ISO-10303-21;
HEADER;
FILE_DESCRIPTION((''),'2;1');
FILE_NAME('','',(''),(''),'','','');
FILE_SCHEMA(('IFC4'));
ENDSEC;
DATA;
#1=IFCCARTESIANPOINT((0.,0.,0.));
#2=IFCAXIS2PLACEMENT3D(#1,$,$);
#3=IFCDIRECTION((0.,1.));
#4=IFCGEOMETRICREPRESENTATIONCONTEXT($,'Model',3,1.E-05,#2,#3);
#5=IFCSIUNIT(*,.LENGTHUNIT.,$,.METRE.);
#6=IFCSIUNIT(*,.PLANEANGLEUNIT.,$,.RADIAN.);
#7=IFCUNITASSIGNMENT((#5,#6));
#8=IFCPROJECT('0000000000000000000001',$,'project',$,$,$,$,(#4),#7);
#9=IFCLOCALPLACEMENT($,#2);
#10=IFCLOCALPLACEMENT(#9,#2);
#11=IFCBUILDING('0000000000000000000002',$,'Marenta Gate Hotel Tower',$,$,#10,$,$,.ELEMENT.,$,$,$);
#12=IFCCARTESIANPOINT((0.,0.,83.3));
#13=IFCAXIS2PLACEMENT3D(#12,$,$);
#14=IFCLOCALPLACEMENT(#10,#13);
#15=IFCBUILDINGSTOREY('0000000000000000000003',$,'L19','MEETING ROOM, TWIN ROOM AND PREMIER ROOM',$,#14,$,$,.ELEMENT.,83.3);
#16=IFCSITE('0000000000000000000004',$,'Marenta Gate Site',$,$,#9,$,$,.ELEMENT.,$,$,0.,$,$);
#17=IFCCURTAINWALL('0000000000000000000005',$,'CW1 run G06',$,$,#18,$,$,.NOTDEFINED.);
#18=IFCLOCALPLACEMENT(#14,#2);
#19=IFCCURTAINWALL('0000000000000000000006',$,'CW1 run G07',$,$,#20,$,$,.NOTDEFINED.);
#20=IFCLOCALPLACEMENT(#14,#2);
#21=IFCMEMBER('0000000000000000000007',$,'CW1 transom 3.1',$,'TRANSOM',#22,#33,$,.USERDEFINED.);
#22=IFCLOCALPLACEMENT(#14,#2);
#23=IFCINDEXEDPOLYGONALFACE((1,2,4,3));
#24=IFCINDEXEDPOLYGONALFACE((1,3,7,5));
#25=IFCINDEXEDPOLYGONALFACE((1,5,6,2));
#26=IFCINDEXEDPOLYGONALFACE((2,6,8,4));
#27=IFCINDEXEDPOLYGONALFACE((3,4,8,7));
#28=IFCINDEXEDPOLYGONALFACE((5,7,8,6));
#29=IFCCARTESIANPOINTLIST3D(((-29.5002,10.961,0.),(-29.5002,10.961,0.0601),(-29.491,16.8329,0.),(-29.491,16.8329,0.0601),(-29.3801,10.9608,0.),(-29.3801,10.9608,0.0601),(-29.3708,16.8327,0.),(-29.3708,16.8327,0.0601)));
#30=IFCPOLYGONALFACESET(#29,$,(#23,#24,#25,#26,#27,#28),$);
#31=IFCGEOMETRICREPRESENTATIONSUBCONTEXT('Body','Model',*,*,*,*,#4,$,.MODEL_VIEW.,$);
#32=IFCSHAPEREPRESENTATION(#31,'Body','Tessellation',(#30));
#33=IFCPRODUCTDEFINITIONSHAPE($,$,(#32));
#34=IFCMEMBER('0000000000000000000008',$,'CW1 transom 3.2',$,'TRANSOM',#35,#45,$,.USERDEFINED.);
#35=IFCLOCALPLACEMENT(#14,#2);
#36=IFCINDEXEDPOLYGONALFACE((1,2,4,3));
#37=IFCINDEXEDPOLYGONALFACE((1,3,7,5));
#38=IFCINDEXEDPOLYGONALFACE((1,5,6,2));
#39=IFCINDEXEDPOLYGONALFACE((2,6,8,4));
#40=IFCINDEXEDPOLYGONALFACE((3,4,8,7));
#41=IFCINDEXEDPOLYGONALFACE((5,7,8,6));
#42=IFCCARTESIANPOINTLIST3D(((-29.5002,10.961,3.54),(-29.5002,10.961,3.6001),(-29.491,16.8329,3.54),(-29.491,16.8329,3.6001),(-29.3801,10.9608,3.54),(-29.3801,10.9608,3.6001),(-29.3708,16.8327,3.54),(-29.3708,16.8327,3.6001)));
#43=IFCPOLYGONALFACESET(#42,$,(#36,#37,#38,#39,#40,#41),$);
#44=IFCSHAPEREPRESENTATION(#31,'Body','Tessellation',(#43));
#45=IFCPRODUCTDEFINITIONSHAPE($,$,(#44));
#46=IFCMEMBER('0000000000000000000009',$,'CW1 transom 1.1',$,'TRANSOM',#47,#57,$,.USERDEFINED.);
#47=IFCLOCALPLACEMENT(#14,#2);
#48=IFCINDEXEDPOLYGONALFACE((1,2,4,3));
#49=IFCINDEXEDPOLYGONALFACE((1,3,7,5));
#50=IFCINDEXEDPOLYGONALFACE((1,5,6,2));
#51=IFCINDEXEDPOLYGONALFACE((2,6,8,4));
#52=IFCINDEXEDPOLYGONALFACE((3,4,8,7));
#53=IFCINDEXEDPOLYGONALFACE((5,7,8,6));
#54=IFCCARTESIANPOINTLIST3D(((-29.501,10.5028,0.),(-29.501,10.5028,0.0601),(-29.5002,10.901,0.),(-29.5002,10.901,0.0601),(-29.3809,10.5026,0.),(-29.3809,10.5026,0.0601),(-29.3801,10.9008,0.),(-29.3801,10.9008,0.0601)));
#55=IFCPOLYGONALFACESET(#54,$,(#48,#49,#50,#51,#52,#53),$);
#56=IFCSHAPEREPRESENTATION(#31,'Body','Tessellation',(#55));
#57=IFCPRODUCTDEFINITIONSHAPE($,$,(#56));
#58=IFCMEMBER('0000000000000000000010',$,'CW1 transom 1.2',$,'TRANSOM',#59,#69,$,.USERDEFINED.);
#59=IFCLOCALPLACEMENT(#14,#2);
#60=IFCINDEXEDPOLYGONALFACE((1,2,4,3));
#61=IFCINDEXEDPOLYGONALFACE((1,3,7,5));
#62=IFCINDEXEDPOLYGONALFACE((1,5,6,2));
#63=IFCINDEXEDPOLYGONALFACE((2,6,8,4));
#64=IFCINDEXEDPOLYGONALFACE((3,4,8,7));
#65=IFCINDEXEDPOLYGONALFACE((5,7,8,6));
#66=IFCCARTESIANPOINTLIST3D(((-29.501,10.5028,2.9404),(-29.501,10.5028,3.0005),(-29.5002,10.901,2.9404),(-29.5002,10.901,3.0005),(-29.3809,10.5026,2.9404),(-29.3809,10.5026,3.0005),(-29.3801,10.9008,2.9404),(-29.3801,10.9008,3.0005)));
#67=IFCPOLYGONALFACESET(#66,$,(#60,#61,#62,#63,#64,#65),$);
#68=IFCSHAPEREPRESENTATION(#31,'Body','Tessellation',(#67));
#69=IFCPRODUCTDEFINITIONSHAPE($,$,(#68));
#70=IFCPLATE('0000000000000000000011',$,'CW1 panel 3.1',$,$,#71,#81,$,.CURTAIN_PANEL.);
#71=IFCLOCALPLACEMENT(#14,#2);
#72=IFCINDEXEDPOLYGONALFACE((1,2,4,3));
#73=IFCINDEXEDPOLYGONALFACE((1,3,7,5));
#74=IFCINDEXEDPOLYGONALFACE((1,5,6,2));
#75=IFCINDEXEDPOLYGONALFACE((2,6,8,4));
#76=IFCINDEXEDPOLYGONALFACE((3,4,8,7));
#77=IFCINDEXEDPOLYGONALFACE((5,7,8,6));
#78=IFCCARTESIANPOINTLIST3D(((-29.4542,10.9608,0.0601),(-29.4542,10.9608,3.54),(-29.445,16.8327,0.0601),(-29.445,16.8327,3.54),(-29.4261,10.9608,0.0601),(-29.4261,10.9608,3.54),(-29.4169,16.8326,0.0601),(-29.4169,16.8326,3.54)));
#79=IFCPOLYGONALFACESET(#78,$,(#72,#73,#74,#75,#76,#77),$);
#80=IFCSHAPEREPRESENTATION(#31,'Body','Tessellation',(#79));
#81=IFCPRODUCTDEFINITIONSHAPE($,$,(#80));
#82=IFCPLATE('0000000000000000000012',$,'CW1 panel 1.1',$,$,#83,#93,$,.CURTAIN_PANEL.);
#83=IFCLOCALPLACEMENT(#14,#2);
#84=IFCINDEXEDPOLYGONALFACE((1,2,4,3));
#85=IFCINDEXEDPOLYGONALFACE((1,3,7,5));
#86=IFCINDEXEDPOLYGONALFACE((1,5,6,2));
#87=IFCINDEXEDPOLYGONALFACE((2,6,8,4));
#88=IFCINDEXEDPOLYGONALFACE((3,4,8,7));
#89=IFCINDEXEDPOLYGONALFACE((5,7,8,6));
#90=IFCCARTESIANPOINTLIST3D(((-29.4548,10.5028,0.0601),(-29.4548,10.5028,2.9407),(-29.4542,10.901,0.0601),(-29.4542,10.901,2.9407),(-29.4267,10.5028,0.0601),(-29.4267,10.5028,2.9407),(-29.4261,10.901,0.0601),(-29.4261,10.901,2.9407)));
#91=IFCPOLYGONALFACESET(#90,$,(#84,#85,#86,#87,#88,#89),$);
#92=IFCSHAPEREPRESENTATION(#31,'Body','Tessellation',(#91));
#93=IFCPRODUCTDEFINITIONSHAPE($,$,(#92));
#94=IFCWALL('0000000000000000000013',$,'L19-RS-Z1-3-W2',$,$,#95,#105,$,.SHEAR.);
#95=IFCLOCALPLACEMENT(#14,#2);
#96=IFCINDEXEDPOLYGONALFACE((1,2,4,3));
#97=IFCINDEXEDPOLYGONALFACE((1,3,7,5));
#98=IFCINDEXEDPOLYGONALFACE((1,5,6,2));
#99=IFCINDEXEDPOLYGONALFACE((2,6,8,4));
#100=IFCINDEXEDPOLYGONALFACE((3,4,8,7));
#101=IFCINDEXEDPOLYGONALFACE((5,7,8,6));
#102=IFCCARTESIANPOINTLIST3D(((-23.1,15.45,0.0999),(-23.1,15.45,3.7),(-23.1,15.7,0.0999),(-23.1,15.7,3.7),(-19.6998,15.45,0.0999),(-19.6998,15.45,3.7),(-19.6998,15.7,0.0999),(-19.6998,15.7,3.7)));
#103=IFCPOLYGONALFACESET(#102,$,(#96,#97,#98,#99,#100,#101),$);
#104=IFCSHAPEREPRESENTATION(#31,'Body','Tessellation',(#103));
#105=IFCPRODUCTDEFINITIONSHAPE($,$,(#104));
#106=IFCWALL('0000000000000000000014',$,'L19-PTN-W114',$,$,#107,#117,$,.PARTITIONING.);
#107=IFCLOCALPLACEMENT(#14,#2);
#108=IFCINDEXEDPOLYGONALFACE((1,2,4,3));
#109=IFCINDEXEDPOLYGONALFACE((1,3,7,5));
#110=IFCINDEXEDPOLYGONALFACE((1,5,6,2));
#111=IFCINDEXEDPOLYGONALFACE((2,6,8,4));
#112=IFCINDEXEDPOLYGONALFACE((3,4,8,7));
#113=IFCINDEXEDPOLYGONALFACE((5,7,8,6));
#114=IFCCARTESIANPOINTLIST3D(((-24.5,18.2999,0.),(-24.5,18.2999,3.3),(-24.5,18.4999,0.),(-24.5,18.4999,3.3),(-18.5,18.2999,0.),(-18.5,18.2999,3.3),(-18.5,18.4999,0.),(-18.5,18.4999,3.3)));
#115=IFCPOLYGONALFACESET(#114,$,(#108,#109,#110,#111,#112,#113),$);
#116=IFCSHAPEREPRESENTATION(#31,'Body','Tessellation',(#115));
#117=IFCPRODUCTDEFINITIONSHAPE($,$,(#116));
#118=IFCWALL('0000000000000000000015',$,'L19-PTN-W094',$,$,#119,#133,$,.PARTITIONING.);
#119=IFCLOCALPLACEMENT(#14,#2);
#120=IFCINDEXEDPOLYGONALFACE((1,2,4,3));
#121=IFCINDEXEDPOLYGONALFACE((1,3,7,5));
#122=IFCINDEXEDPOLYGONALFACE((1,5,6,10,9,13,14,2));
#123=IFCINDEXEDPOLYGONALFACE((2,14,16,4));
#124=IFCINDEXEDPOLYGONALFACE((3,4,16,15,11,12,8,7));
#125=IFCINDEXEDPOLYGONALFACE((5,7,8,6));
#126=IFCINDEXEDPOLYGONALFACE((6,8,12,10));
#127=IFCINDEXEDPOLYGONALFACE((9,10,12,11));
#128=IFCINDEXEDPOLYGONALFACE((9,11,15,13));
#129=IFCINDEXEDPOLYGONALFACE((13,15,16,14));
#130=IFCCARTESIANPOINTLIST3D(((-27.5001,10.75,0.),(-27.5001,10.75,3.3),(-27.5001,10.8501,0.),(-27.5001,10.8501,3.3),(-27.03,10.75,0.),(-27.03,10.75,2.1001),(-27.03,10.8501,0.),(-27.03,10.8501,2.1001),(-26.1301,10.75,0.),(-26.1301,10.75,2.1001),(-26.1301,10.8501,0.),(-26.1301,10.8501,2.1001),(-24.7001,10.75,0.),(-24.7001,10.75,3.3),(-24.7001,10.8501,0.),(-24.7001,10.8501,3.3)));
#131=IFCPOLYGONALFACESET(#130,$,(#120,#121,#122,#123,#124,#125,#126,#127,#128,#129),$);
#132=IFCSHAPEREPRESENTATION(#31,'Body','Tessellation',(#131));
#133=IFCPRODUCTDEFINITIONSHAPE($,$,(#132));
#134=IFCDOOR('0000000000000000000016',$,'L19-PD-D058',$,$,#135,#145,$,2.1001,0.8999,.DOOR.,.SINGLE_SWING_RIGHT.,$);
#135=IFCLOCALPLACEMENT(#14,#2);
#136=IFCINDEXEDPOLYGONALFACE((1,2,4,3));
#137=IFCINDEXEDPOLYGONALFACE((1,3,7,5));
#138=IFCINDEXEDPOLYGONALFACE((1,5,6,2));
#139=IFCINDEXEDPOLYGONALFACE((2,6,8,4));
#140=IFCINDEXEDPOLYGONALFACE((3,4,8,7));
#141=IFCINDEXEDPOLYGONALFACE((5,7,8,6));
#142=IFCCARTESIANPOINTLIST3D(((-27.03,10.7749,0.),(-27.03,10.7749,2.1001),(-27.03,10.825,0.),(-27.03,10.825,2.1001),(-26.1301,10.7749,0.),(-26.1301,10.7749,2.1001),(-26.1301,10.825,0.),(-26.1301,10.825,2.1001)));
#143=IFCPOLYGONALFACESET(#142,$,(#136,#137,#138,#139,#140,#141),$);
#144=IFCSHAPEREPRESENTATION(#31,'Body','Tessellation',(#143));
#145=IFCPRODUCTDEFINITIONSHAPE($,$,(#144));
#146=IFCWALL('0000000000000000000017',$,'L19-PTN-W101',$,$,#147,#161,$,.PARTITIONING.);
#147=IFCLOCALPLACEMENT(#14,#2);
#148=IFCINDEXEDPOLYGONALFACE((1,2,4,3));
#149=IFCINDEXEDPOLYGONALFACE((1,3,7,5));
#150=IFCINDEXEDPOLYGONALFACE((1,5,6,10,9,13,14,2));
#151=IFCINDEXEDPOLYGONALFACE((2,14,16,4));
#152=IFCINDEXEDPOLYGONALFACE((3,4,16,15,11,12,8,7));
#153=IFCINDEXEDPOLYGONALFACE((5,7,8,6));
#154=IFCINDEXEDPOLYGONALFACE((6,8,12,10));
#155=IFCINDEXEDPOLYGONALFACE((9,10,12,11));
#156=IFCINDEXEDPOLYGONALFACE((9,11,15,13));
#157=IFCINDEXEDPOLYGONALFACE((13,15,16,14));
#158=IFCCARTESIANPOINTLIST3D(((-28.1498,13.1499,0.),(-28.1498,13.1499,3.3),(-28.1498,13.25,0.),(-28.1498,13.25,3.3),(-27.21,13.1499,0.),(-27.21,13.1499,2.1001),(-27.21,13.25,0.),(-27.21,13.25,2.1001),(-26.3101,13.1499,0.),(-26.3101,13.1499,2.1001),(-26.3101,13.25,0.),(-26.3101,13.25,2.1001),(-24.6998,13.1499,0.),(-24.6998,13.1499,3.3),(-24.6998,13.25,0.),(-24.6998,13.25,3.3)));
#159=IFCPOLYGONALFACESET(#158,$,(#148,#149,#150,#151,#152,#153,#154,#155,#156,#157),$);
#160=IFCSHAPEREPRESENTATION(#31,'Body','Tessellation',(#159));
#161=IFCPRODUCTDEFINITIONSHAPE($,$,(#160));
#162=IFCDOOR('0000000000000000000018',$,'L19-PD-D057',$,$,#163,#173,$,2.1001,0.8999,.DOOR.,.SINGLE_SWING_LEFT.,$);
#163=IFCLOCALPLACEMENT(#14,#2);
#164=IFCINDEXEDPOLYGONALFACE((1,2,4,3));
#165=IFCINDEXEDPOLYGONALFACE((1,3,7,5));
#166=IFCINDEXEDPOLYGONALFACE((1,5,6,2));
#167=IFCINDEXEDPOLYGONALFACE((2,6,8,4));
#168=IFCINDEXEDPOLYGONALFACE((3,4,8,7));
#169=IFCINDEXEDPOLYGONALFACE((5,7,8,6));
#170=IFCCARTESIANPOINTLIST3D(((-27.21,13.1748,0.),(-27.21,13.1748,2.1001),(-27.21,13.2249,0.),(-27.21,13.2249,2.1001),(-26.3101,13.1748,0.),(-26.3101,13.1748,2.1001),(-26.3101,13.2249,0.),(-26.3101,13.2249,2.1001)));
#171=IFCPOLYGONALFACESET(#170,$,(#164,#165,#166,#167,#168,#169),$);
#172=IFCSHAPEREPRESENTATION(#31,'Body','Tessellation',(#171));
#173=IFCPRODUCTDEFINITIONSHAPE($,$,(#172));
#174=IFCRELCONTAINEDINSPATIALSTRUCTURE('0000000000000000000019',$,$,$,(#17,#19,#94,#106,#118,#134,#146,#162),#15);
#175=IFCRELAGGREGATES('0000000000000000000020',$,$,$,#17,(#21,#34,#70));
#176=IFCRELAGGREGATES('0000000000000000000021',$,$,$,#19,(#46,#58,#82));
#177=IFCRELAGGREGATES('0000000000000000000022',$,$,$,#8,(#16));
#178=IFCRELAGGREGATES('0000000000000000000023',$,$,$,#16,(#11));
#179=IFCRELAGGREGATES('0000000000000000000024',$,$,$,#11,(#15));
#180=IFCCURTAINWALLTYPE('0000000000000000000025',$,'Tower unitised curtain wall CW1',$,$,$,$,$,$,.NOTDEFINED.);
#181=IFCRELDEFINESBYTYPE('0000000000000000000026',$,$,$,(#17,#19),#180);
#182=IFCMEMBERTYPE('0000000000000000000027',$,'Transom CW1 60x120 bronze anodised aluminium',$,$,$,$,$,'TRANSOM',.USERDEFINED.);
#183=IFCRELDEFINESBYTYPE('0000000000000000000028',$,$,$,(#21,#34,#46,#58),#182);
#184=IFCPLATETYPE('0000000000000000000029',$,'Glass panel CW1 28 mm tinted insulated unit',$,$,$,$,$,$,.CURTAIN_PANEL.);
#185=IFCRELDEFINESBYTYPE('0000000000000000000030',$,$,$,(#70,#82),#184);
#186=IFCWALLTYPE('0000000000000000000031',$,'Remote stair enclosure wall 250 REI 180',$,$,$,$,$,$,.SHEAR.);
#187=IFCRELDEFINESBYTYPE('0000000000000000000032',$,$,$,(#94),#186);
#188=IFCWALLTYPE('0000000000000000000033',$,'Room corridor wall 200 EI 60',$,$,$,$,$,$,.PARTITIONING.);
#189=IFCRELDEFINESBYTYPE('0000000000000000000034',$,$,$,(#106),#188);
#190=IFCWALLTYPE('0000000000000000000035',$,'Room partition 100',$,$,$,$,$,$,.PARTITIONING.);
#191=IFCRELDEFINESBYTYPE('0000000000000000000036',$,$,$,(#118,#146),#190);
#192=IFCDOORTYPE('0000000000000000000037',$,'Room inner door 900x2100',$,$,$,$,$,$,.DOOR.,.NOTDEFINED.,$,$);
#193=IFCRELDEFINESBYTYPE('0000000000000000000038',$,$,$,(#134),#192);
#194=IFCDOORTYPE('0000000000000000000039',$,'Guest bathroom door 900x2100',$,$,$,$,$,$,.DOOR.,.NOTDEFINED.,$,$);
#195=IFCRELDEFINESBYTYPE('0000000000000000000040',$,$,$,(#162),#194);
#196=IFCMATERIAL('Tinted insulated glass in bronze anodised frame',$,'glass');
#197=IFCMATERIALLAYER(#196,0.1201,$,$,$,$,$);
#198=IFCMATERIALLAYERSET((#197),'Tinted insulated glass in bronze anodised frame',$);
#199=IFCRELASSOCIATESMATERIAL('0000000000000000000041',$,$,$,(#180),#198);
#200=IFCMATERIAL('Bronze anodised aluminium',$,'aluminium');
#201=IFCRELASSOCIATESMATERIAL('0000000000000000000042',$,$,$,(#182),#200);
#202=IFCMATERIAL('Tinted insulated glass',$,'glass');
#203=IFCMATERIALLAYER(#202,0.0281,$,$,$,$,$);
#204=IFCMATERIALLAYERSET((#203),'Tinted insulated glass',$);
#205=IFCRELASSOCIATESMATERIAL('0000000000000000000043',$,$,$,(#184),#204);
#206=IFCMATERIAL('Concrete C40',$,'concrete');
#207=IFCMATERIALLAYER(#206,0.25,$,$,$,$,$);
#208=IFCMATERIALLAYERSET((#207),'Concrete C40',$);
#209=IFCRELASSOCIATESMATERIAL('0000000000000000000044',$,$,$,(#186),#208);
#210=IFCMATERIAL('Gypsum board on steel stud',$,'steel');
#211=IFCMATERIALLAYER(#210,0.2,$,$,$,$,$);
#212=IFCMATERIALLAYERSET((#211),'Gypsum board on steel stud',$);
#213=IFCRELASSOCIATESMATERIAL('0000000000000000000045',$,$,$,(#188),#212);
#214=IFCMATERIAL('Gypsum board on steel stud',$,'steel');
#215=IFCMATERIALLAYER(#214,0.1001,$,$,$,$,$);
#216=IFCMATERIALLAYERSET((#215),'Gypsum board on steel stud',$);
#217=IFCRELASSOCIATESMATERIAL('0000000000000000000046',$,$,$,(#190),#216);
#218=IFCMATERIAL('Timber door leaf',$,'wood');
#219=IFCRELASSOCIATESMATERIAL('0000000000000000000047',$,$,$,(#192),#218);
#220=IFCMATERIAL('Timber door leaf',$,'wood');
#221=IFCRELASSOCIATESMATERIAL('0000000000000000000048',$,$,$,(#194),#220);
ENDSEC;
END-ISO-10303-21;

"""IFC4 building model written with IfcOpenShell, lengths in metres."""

from ifc_helpers import new_model, si_unit, direction, frame, frame_2d, origin, origin_2d, place, context, subcontext, project, spatial, rectangle, extrude, material, layer, layer_set, material_profile, profile_set, type_object, element, fill, aggregate, save


model = new_model("IFC4")

# Units and contexts
model_context = context("Model", 3, precision=1e-05, world=origin(), true_north=direction((0.0, 1.0)))
body_context = subcontext(model_context, "Body", "Model", "MODEL_VIEW")
ifc_project = project(units=[si_unit("LENGTHUNIT", "METRE"), si_unit("PLANEANGLEUNIT", "RADIAN")], contexts=[model_context])

# Site, building, storey
site_placement = place(None, origin())
site = spatial("IfcSite", under=ifc_project, at=site_placement, Name="Marenta Gate Site", CompositionType="ELEMENT", RefElevation=0.0)
building_placement = place(site_placement, origin())
building = spatial("IfcBuilding", under=site, at=building_placement, Name="Marenta Gate Hotel Tower", CompositionType="ELEMENT")
storey_placement = place(building_placement, frame((0.0, 0.0, 83.3)))
storey = spatial("IfcBuildingStorey", under=building, at=storey_placement, Name="L19", Description="MEETING ROOM, TWIN ROOM AND PREMIER ROOM", CompositionType="ELEMENT", Elevation=83.3)

# Curtain walls
ifc_material_1 = material(Name="Tinted insulated glass in bronze anodised frame", Category="glass")
ifc_layer_1 = layer(ifc_material_1, 0.1201)
ifc_layer_set_1 = layer_set([ifc_layer_1], Name="Tinted insulated glass in bronze anodised frame")
curtain_wall_type = type_object("IfcCurtainWallType", Name="Tower unitised curtain wall CW1", PredefinedType="NOTDEFINED", material=ifc_layer_set_1)
curtain_wall_1_placement = place(storey_placement, origin())
curtain_wall_1 = element("IfcCurtainWall", 1, at=curtain_wall_1_placement, inside=storey, type_object=curtain_wall_type, Name="CW1 run G06", PredefinedType="NOTDEFINED")
curtain_wall_2_placement = place(storey_placement, origin())
curtain_wall_2 = element("IfcCurtainWall", 2, at=curtain_wall_2_placement, inside=storey, type_object=curtain_wall_type, Name="CW1 run G07", PredefinedType="NOTDEFINED")

# Members
ifc_material_2 = material(Name="Bronze anodised aluminium", Category="aluminium")
ifc_material_profile_1 = material_profile(ifc_material_2, rectangle(XDim=0.1201, YDim=0.0601, at=origin_2d()), Name="Transom CW1 60x120 bronze anodised aluminium")
ifc_profile_set_1 = profile_set([ifc_material_profile_1], Name="Bronze anodised aluminium")
member_type_1 = type_object("IfcMemberType", Name="Transom CW1 60x120 bronze anodised aluminium", ElementType="TRANSOM", PredefinedType="USERDEFINED", material=ifc_profile_set_1)
member_1_placement = place(storey_placement, frame((-29.4309, 16.8328, 0.03), z_axis=(-0.00158, -0.999999, 0.0), x_axis=(0.999999, -0.00158, 0.0)))
member_1 = element("IfcMember", 3, at=member_1_placement, type_object=member_type_1, Name="CW1 transom 3.1", ObjectType="TRANSOM", PredefinedType="USERDEFINED", context=body_context, shape_type="SweptSolid", body=[
    extrude(rectangle(XDim=0.1201, YDim=0.0601, at=origin_2d()), origin(), (0.0, 0.0, 1.0), 5.8718),
])
member_2_placement = place(storey_placement, frame((-29.4309, 16.8328, 3.5701), z_axis=(-0.00158, -0.999999, 0.0), x_axis=(0.999999, -0.00158, 0.0)))
member_2 = element("IfcMember", 4, at=member_2_placement, type_object=member_type_1, Name="CW1 transom 3.2", ObjectType="TRANSOM", PredefinedType="USERDEFINED", context=body_context, shape_type="SweptSolid", body=[
    extrude(rectangle(XDim=0.1201, YDim=0.0601, at=origin_2d()), origin(), (0.0, 0.0, 1.0), 5.8718),
])
member_3_placement = place(storey_placement, frame((-29.4402, 10.9009, 0.03), z_axis=(-0.001839, -0.999998, 0.0), x_axis=(0.999998, -0.001839, 0.0)))
member_3 = element("IfcMember", 5, at=member_3_placement, type_object=member_type_1, Name="CW1 transom 1.1", ObjectType="TRANSOM", PredefinedType="USERDEFINED", context=body_context, shape_type="SweptSolid", body=[
    extrude(rectangle(XDim=0.1201, YDim=0.0601, at=origin_2d()), origin(), (0.0, 0.0, 1.0), 0.3982),
])
member_4_placement = place(storey_placement, frame((-29.4402, 10.9009, 2.9705), z_axis=(-0.001839, -0.999998, 0.0), x_axis=(0.999998, -0.001839, 0.0)))
member_4 = element("IfcMember", 6, at=member_4_placement, type_object=member_type_1, Name="CW1 transom 1.2", ObjectType="TRANSOM", PredefinedType="USERDEFINED", context=body_context, shape_type="SweptSolid", body=[
    extrude(rectangle(XDim=0.1201, YDim=0.0601, at=origin_2d()), origin(), (0.0, 0.0, 1.0), 0.3982),
])

# Plates
ifc_material_3 = material(Name="Tinted insulated glass", Category="glass")
ifc_layer_2 = layer(ifc_material_3, 0.0281)
ifc_layer_set_2 = layer_set([ifc_layer_2], Name="Tinted insulated glass")
plate_type = type_object("IfcPlateType", Name="Glass panel CW1 28 mm tinted insulated unit", PredefinedType="CURTAIN_PANEL", material=ifc_layer_set_2)
plate_1_placement = place(storey_placement, frame((-29.4355, 13.8967, 0.0601), z_axis=(0.0, 0.0, 1.0), x_axis=(-0.00157, -0.999999, 0.0)))
plate_1 = element("IfcPlate", 7, at=plate_1_placement, type_object=plate_type, Name="CW1 panel 3.1", PredefinedType="CURTAIN_PANEL", context=body_context, shape_type="SweptSolid", body=[
    extrude(rectangle(XDim=5.8718, YDim=0.0281, at=origin_2d()), origin(), (0.0, 0.0, 1.0), 3.48),
])
aggregate(curtain_wall_1, [member_1, member_2, plate_1])
plate_2_placement = place(storey_placement, frame((-29.4404, 10.7019, 0.0601), z_axis=(0.0, 0.0, 1.0), x_axis=(-0.001528, -0.999999, 0.0)))
plate_2 = element("IfcPlate", 8, at=plate_2_placement, type_object=plate_type, Name="CW1 panel 1.1", PredefinedType="CURTAIN_PANEL", context=body_context, shape_type="SweptSolid", body=[
    extrude(rectangle(XDim=0.3982, YDim=0.0281, at=origin_2d()), origin(), (0.0, 0.0, 1.0), 2.8806),
])
aggregate(curtain_wall_2, [member_3, member_4, plate_2])

# Walls
ifc_material_4 = material(Name="Concrete C40", Category="concrete")
ifc_layer_3 = layer(ifc_material_4, 0.25)
ifc_layer_set_3 = layer_set([ifc_layer_3], Name="Concrete C40")
wall_type_1 = type_object("IfcWallType", Name="Remote stair enclosure wall 250 REI 180", PredefinedType="SHEAR", material=ifc_layer_set_3)
wall_1_placement = place(storey_placement, frame((-23.1001, 15.575, 0.0999), z_axis=(0.0, 0.0, 1.0), x_axis=(1.0, 0.0, 0.0)))
element("IfcWall", 9, at=wall_1_placement, inside=storey, type_object=wall_type_1, Name="L19-RS-Z1-3-W2", PredefinedType="SHEAR", context=body_context, shape_type="SweptSolid", body=[
    extrude(rectangle(XDim=3.4001, YDim=0.25, at=frame_2d((1.7002, 0.0))), origin(), (0.0, 0.0, 1.0), 3.6001),
])
ifc_material_5 = material(Name="Gypsum board on steel stud", Category="steel")
ifc_layer_4 = layer(ifc_material_5, 0.2)
ifc_layer_set_4 = layer_set([ifc_layer_4], Name="Gypsum board on steel stud")
wall_type_2 = type_object("IfcWallType", Name="Room corridor wall 200 EI 60", PredefinedType="PARTITIONING", material=ifc_layer_set_4)
wall_2_placement = place(storey_placement, frame((-24.5, 18.3999, 0.0), z_axis=(0.0, 0.0, 1.0), x_axis=(1.0, 0.0, 0.0)))
element("IfcWall", 10, at=wall_2_placement, inside=storey, type_object=wall_type_2, Name="L19-PTN-W114", PredefinedType="PARTITIONING", context=body_context, shape_type="SweptSolid", body=[
    extrude(rectangle(XDim=6.0, YDim=0.2, at=frame_2d((3.0, 0.0))), origin(), (0.0, 0.0, 1.0), 3.3),
])

# Walls, openings, doors
ifc_material_6 = material(Name="Gypsum board on steel stud", Category="steel")
ifc_layer_5 = layer(ifc_material_6, 0.1001)
ifc_layer_set_5 = layer_set([ifc_layer_5], Name="Gypsum board on steel stud")
wall_type_3 = type_object("IfcWallType", Name="Room partition 100", PredefinedType="PARTITIONING", material=ifc_layer_set_5)
wall_3_placement = place(storey_placement, frame((-27.5, 10.8, 0.0), z_axis=(0.0, 0.0, 1.0), x_axis=(1.0, 0.0, 0.0)))
wall_3 = element("IfcWall", 11, at=wall_3_placement, inside=storey, type_object=wall_type_3, Name="L19-PTN-W094", PredefinedType="PARTITIONING", context=body_context, shape_type="SweptSolid", body=[
    extrude(rectangle(XDim=2.8, YDim=0.1001, at=frame_2d((1.3999, 0.0))), origin(), (0.0, 0.0, 1.0), 3.3),
])
opening_1_placement = place(wall_3_placement, frame((0.47, 0.0, 0.0)))
opening_1 = element("IfcOpeningElement", 12, at=opening_1_placement, cuts=wall_3, PredefinedType="OPENING", context=body_context, shape_type="SweptSolid", body=[
    extrude(rectangle(XDim=0.8999, YDim=2.1001, at=frame_2d((0.45, 1.05))), frame((0.0, 0.05, 0.0), z_axis=(0.0, -1.0, 0.0), x_axis=(1.0, 0.0, 0.0)), (0.0, 0.0, 1.0), 0.1001),
])
ifc_material_7 = material(Name="Timber door leaf", Category="wood")
door_type_1 = type_object("IfcDoorType", Name="Room inner door 900x2100", OperationType="NOTDEFINED", PredefinedType="DOOR", material=ifc_material_7)
door_1_placement = place(opening_1_placement, origin())
door_1 = element("IfcDoor", 13, at=door_1_placement, inside=storey, type_object=door_type_1, Name="L19-PD-D058", OperationType="SINGLE_SWING_RIGHT", OverallHeight=2.1001, OverallWidth=0.8999, PredefinedType="DOOR", context=body_context, shape_type="SweptSolid", body=[
    extrude(rectangle(XDim=0.8999, YDim=2.1001, at=frame_2d((0.45, 1.05))), frame((0.0, 0.0249, 0.0), z_axis=(0.0, -1.0, 0.0), x_axis=(1.0, 0.0, 0.0)), (0.0, 0.0, 1.0), 0.05),
])
fill(opening_1, door_1)
wall_4_placement = place(storey_placement, frame((-28.1499, 13.2, 0.0), z_axis=(0.0, 0.0, 1.0), x_axis=(1.0, 0.0, 0.0)))
wall_4 = element("IfcWall", 14, at=wall_4_placement, inside=storey, type_object=wall_type_3, Name="L19-PTN-W101", PredefinedType="PARTITIONING", context=body_context, shape_type="SweptSolid", body=[
    extrude(rectangle(XDim=3.45, YDim=0.1001, at=frame_2d((1.7251, 0.0))), origin(), (0.0, 0.0, 1.0), 3.3),
])
opening_2_placement = place(wall_4_placement, frame((0.9399, 0.0, 0.0)))
opening_2 = element("IfcOpeningElement", 15, at=opening_2_placement, cuts=wall_4, PredefinedType="OPENING", context=body_context, shape_type="SweptSolid", body=[
    extrude(rectangle(XDim=0.8999, YDim=2.1001, at=frame_2d((0.45, 1.05))), frame((0.0, 0.05, 0.0), z_axis=(0.0, -1.0, 0.0), x_axis=(1.0, 0.0, 0.0)), (0.0, 0.0, 1.0), 0.1001),
])
ifc_material_8 = material(Name="Timber door leaf", Category="wood")
door_type_2 = type_object("IfcDoorType", Name="Guest bathroom door 900x2100", OperationType="NOTDEFINED", PredefinedType="DOOR", material=ifc_material_8)
door_2_placement = place(opening_2_placement, origin())
door_2 = element("IfcDoor", 16, at=door_2_placement, inside=storey, type_object=door_type_2, Name="L19-PD-D057", OperationType="SINGLE_SWING_LEFT", OverallHeight=2.1001, OverallWidth=0.8999, PredefinedType="DOOR", context=body_context, shape_type="SweptSolid", body=[
    extrude(rectangle(XDim=0.8999, YDim=2.1001, at=frame_2d((0.45, 1.05))), frame((0.0, 0.0249, 0.0), z_axis=(0.0, -1.0, 0.0), x_axis=(1.0, 0.0, 0.0)), (0.0, 0.0, 1.0), 0.05),
])
fill(opening_2, door_2)

save(model, "model.ifc")
